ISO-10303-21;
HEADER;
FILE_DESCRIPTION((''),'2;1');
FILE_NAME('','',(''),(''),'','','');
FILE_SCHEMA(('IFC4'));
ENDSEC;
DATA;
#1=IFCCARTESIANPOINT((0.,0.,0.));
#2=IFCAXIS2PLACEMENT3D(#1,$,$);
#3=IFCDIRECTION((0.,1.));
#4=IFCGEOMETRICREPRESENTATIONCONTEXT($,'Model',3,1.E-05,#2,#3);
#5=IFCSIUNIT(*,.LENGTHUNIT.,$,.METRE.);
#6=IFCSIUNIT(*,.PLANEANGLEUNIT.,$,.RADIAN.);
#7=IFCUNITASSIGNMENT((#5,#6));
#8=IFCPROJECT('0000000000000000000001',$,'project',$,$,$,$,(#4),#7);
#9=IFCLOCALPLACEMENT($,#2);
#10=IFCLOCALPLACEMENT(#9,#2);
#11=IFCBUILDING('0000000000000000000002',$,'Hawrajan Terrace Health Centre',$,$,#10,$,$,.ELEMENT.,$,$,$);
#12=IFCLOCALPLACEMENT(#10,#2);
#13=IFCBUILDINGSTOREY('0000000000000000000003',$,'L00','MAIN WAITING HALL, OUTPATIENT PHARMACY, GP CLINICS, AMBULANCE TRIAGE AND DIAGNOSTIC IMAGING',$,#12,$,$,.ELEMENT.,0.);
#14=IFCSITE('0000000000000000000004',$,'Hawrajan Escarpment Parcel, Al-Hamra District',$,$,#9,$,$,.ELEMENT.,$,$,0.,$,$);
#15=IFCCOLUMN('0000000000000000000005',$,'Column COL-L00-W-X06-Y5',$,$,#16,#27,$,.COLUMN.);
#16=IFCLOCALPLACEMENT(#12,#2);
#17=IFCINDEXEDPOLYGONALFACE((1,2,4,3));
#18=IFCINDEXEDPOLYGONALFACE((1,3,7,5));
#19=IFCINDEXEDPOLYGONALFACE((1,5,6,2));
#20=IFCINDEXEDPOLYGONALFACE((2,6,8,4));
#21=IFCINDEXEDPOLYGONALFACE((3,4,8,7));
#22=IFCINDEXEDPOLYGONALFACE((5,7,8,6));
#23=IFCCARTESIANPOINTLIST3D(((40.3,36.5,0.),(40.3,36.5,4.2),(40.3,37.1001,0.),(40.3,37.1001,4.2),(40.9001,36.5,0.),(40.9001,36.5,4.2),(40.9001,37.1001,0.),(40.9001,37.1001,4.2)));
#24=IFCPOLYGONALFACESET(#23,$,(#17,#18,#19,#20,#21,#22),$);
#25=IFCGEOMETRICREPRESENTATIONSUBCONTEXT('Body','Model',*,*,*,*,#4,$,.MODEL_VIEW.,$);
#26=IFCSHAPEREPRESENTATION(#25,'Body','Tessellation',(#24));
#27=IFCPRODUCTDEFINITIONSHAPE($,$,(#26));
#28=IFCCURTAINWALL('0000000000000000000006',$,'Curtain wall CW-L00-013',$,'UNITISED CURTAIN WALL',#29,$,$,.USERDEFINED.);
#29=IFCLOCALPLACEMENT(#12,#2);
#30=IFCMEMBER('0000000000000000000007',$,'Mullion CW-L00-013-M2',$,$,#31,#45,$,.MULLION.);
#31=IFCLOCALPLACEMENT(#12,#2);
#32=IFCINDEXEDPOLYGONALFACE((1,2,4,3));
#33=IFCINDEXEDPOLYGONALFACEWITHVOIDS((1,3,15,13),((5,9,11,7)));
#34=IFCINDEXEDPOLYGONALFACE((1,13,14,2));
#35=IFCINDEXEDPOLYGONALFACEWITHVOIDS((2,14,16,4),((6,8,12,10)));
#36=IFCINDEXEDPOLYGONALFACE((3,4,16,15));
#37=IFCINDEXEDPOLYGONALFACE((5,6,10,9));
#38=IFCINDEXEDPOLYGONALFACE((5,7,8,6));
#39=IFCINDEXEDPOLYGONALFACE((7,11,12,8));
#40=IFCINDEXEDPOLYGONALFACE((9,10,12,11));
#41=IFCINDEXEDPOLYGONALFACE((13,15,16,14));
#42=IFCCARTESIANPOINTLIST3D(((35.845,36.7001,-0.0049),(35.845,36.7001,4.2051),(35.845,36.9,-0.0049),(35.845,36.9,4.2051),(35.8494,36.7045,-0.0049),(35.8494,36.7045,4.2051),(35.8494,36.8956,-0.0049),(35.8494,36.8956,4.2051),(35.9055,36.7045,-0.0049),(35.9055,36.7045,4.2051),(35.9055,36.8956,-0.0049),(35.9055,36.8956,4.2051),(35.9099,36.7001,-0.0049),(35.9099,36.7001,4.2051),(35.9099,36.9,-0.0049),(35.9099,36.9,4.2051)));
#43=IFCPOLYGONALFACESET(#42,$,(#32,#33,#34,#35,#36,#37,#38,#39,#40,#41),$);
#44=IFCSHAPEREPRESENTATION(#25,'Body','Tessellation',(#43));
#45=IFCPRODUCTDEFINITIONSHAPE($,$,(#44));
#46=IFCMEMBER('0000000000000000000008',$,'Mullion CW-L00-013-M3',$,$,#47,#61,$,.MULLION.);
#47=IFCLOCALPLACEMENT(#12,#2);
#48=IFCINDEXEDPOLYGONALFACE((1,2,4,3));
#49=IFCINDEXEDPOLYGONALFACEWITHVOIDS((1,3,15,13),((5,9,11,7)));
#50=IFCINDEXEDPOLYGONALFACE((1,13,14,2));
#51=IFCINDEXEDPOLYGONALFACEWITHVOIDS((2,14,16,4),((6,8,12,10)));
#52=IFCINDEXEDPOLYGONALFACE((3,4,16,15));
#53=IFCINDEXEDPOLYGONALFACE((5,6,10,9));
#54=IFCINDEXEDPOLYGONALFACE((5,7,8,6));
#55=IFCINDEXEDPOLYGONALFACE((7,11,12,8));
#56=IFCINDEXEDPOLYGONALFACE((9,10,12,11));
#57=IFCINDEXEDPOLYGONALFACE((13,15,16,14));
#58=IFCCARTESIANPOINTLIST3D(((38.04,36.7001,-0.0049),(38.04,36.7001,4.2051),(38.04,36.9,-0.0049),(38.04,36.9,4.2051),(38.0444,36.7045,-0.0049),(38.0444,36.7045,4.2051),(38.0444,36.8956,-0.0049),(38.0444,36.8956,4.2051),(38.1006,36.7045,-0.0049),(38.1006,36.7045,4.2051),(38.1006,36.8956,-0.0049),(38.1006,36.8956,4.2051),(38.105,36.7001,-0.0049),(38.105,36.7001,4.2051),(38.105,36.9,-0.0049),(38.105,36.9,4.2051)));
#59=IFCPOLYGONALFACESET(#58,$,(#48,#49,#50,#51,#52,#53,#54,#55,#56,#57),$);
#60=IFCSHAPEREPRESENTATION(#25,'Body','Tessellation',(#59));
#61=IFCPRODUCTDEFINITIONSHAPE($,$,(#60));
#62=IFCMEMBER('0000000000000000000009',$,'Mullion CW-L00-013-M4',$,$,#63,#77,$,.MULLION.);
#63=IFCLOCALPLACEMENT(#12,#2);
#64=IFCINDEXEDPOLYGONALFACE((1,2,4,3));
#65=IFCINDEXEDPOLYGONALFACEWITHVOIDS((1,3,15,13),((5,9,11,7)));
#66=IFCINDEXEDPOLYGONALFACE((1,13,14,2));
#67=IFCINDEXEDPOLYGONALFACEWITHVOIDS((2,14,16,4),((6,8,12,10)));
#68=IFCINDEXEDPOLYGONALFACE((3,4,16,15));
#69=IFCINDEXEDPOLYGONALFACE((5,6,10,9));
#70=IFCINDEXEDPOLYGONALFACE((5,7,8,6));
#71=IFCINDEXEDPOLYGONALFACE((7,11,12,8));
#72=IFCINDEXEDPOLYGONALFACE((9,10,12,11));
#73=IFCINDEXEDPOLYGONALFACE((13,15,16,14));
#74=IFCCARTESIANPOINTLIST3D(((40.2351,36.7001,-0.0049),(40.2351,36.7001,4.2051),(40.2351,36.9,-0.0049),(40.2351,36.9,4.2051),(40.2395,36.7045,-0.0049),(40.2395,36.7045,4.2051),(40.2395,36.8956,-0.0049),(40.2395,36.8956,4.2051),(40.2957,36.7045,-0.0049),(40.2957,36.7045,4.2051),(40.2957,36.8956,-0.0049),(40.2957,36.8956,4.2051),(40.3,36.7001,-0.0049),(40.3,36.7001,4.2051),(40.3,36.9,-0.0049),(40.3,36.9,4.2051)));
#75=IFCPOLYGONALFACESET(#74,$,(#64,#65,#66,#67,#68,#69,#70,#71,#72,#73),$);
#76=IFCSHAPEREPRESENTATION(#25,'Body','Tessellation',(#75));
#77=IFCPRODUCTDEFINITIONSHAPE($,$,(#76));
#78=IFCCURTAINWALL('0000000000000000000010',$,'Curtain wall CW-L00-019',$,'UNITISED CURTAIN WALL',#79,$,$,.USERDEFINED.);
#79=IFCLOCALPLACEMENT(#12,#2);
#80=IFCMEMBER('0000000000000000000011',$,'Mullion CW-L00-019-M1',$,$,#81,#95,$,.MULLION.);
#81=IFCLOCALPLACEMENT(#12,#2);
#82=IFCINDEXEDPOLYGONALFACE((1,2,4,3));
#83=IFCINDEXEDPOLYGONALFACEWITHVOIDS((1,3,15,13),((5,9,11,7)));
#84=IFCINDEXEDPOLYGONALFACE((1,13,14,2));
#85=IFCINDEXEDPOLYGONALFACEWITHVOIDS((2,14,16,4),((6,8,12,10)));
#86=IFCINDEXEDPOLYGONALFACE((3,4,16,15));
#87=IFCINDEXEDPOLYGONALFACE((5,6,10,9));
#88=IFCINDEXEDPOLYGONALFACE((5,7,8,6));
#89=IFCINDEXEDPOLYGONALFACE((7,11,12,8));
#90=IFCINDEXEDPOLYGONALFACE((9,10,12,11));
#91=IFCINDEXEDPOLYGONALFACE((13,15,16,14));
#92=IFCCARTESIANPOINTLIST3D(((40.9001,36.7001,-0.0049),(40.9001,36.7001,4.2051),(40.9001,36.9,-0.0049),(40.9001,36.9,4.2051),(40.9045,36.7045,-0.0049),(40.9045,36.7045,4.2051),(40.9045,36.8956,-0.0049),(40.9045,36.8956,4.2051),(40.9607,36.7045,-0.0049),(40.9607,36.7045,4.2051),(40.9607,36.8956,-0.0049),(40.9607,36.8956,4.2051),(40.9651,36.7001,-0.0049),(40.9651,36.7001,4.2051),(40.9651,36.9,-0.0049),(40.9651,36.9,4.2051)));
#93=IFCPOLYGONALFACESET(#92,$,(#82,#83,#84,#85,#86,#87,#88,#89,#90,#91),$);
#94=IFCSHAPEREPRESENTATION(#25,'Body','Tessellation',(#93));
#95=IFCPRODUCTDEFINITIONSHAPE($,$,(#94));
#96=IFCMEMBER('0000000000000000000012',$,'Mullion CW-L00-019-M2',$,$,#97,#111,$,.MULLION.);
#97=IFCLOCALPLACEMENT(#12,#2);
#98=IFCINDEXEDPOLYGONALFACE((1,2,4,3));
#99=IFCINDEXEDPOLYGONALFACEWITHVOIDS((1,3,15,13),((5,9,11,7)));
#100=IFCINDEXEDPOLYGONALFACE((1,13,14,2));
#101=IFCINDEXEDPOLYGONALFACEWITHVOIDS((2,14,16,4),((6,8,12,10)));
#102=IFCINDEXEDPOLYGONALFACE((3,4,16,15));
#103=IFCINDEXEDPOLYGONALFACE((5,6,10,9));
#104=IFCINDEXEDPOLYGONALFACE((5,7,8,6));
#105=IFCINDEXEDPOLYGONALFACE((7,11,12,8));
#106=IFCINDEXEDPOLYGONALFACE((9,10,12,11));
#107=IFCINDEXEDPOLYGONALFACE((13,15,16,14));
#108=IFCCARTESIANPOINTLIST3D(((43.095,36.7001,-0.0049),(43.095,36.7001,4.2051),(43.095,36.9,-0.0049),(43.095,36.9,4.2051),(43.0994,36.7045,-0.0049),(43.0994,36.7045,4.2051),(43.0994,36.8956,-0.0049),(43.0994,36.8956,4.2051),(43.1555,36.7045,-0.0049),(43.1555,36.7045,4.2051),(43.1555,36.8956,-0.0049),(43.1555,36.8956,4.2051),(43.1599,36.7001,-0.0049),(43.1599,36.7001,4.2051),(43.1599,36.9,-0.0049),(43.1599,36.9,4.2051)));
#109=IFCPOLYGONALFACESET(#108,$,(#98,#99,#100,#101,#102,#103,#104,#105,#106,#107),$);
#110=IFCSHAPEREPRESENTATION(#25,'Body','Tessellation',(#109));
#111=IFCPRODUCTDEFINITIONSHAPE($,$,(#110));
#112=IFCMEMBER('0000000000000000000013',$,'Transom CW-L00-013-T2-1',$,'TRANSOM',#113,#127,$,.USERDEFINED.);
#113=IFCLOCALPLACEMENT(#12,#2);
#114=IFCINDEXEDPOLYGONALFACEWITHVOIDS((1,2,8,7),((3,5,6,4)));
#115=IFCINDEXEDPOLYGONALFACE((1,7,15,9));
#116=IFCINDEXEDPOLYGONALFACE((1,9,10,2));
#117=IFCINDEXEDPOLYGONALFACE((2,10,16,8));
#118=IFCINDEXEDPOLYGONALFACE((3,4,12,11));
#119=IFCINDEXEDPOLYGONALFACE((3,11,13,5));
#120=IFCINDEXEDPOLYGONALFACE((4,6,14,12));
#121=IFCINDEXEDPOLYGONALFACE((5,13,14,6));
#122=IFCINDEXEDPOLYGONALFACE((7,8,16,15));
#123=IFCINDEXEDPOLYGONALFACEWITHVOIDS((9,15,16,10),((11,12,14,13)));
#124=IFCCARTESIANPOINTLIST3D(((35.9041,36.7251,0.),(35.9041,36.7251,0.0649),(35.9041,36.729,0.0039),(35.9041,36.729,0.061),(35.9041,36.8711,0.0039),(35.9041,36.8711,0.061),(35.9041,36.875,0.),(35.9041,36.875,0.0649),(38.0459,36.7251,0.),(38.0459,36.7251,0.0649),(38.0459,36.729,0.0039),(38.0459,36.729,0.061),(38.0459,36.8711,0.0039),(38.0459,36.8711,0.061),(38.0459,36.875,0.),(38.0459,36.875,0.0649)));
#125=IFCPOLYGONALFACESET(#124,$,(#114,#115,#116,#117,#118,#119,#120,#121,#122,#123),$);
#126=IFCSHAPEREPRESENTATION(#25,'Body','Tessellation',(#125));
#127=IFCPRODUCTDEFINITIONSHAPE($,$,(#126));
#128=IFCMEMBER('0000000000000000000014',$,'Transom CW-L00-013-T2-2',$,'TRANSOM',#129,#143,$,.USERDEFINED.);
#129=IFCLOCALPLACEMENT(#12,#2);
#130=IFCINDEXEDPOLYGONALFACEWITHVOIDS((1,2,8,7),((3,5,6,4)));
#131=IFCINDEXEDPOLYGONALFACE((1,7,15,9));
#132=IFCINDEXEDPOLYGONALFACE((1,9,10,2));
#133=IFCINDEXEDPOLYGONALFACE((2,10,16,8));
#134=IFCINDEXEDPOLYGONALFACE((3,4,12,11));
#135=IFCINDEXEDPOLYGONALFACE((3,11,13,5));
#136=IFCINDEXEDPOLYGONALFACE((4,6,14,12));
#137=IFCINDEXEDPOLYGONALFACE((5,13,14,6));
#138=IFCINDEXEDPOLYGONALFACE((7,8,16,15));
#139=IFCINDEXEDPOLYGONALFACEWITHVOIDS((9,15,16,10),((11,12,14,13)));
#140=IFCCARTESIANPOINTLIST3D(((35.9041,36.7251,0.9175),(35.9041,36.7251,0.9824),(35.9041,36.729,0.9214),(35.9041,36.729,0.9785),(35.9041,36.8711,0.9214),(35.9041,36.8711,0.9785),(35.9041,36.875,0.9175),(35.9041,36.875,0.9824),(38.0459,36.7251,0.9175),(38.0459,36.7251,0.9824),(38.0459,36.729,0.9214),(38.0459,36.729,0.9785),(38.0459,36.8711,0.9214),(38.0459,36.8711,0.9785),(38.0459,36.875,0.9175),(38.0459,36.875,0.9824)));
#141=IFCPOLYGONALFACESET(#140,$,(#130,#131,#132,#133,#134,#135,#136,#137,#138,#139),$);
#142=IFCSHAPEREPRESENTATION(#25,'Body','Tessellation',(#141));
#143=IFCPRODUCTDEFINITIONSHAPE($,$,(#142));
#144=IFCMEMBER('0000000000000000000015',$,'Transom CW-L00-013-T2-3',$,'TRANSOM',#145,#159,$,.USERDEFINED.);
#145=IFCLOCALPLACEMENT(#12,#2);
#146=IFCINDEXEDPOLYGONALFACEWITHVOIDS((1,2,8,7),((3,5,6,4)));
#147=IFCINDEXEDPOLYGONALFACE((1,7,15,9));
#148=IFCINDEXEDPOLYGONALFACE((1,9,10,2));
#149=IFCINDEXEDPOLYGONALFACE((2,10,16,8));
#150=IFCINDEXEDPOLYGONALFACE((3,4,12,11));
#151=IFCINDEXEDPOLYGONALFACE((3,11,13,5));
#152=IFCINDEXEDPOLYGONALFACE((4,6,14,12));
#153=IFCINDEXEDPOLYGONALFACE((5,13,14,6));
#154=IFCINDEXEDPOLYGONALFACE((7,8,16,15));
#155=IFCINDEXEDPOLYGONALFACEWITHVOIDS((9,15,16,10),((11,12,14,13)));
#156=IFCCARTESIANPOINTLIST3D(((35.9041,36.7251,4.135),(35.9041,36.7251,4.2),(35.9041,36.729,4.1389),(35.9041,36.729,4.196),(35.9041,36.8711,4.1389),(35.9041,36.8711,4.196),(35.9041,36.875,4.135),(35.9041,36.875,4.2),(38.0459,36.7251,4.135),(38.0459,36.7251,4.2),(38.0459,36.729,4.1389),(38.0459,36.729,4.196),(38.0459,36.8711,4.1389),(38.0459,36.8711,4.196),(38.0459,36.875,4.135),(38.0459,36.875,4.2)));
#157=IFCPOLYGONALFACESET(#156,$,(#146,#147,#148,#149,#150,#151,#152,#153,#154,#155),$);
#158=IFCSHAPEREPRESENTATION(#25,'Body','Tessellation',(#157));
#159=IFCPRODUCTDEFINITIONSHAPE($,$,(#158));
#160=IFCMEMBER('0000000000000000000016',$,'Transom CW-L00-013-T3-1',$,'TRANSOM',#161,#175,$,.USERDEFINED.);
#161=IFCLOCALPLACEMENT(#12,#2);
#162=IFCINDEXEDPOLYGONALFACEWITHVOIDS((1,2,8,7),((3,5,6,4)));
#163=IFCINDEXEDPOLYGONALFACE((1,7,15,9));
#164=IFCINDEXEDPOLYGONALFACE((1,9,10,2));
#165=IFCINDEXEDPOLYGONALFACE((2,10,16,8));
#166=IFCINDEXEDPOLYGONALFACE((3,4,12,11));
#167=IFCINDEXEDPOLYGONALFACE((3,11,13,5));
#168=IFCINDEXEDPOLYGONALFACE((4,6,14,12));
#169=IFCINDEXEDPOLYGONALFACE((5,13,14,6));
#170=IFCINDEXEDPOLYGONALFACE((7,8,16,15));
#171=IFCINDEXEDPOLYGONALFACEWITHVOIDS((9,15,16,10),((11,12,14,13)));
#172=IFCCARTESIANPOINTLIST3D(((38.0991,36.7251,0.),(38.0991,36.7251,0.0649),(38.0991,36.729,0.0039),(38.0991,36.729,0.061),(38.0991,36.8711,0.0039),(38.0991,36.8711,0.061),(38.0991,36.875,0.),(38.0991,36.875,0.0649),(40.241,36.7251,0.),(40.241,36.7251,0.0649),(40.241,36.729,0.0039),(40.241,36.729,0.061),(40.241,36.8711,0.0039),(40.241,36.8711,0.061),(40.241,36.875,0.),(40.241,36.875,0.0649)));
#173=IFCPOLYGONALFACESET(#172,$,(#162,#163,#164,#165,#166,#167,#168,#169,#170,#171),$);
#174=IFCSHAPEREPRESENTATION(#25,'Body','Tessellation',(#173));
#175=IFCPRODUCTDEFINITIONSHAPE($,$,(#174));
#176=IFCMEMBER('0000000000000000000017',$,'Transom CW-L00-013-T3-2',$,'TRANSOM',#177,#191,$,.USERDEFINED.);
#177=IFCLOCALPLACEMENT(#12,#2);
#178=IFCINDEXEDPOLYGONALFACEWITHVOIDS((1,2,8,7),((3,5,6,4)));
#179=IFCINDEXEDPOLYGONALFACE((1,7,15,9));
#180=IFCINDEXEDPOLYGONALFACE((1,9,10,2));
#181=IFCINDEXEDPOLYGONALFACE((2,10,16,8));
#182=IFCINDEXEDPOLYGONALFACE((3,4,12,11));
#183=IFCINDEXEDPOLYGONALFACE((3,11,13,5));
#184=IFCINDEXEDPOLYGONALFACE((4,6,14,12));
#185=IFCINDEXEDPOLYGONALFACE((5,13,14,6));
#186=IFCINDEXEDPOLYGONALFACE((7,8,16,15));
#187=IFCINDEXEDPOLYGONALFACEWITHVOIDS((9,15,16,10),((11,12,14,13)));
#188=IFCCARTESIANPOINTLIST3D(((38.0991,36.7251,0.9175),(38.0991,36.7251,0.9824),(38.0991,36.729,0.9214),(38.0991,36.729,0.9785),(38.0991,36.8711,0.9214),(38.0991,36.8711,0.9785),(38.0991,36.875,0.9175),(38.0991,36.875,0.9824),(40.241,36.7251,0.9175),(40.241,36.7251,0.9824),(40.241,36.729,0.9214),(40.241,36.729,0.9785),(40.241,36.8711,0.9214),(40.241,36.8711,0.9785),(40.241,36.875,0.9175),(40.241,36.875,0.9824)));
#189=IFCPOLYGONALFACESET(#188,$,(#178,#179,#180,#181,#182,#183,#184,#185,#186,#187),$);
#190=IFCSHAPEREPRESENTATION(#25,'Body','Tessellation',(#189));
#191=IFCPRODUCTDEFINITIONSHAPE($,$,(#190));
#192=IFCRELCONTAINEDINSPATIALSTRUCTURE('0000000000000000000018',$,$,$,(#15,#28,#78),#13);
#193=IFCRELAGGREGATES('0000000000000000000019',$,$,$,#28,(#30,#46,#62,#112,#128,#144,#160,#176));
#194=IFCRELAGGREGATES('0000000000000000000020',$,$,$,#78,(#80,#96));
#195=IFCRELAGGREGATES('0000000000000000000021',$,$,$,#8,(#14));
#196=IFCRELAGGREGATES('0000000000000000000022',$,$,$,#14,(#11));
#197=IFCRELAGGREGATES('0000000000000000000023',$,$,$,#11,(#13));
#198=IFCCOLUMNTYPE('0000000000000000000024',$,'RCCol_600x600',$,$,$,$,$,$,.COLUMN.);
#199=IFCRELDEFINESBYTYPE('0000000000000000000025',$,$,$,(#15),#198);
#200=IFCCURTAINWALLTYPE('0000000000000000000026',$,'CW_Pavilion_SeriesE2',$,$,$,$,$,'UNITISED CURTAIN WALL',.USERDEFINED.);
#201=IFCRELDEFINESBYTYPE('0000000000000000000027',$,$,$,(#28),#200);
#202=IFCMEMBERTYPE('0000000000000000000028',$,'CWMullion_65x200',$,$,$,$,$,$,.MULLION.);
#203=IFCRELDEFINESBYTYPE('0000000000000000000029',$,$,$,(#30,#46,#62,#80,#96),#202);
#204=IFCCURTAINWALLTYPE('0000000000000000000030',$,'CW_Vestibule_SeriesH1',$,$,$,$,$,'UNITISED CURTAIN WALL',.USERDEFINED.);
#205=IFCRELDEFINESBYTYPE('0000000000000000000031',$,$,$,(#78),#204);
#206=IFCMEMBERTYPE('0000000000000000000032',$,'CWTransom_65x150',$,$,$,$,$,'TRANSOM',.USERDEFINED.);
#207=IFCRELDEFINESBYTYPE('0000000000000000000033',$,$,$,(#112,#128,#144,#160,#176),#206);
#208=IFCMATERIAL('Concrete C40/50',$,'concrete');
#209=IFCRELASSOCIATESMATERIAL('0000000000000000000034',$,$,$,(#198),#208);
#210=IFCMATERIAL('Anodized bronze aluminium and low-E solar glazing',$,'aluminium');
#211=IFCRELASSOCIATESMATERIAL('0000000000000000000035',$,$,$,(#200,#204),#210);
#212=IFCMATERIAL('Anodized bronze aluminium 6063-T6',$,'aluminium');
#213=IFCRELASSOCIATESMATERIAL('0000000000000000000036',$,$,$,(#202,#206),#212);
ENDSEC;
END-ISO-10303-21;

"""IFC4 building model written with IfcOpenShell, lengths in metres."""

from ifc_helpers import new_model, si_unit, direction, frame, origin, origin_2d, place, context, subcontext, project, spatial, rectangle, hollow_rectangle, extrude, material, material_profile, profile_set, type_object, element, aggregate, save


model = new_model("IFC4")

# Units and contexts
model_context = context("Model", 3, precision=1e-05, world=origin(), true_north=direction((0.0, 1.0)))
body_context = subcontext(model_context, "Body", "Model", "MODEL_VIEW")
ifc_project = project(units=[si_unit("LENGTHUNIT", "METRE"), si_unit("PLANEANGLEUNIT", "RADIAN")], contexts=[model_context])

# Site, building, storey
site_placement = place(None, origin())
site = spatial("IfcSite", under=ifc_project, at=site_placement, Name="Hawrajan Escarpment Parcel, Al-Hamra District", CompositionType="ELEMENT", RefElevation=0.0)
building_placement = place(site_placement, origin())
building = spatial("IfcBuilding", under=site, at=building_placement, Name="Hawrajan Terrace Health Centre", CompositionType="ELEMENT")
storey_placement = place(building_placement, origin())
storey = spatial("IfcBuildingStorey", under=building, at=storey_placement, Name="L00", Description="MAIN WAITING HALL, OUTPATIENT PHARMACY, GP CLINICS, AMBULANCE TRIAGE AND DIAGNOSTIC IMAGING", CompositionType="ELEMENT", Elevation=0.0)

# Column
ifc_material_1 = material(Name="Concrete C40/50", Category="concrete")
ifc_material_profile_1 = material_profile(ifc_material_1, rectangle(XDim=0.6001, YDim=0.6001, at=origin_2d()), Name="RC 600x600")
ifc_profile_set_1 = profile_set([ifc_material_profile_1], Name="Concrete C40/50")
column_type = type_object("IfcColumnType", Name="RCCol_600x600", PredefinedType="COLUMN", material=ifc_profile_set_1)
column_placement = place(storey_placement, frame((40.6001, 36.8, 0.0), z_axis=(0.0, 0.0, 1.0), x_axis=(1.0, 0.0, 0.0)))
element("IfcColumn", 1, at=column_placement, inside=storey, type_object=column_type, Name="Column COL-L00-W-X06-Y5", PredefinedType="COLUMN", context=body_context, shape_type="SweptSolid", body=[
    extrude(rectangle(XDim=0.6001, YDim=0.6001, at=origin_2d()), origin(), (0.0, 0.0, 1.0), 4.2),
])

# Curtain walls, members
ifc_material_2 = material(Name="Anodized bronze aluminium and low-E solar glazing", Category="aluminium")
curtain_wall_type_1 = type_object("IfcCurtainWallType", Name="CW_Pavilion_SeriesE2", ElementType="UNITISED CURTAIN WALL", PredefinedType="USERDEFINED", material=ifc_material_2)
curtain_wall_1_placement = place(storey_placement, origin())
curtain_wall_1 = element("IfcCurtainWall", 2, at=curtain_wall_1_placement, inside=storey, type_object=curtain_wall_type_1, Name="Curtain wall CW-L00-013", ObjectType="UNITISED CURTAIN WALL", PredefinedType="USERDEFINED")
ifc_material_3 = material(Name="Anodized bronze aluminium 6063-T6", Category="aluminium")
ifc_material_profile_2 = material_profile(ifc_material_3, hollow_rectangle(XDim=0.0649, YDim=0.2, WallThickness=0.0044, at=origin_2d()), Name="CW MUL 65x200")
ifc_profile_set_2 = profile_set([ifc_material_profile_2], Name="Anodized bronze aluminium 6063-T6")
member_type_1 = type_object("IfcMemberType", Name="CWMullion_65x200", PredefinedType="MULLION", material=ifc_profile_set_2)
member_1_placement = place(storey_placement, frame((35.8774, 36.8, -0.0049), z_axis=(0.0, 0.0, 1.0), x_axis=(1.0, 0.0, 0.0)))
member_1 = element("IfcMember", 3, at=member_1_placement, type_object=member_type_1, Name="Mullion CW-L00-013-M2", PredefinedType="MULLION", context=body_context, shape_type="SweptSolid", body=[
    extrude(hollow_rectangle(XDim=0.0649, YDim=0.2, WallThickness=0.0044, at=origin_2d()), origin(), (0.0, 0.0, 1.0), 4.21),
])
member_2_placement = place(storey_placement, frame((38.0725, 36.8, -0.0049), z_axis=(0.0, 0.0, 1.0), x_axis=(1.0, 0.0, 0.0)))
member_2 = element("IfcMember", 4, at=member_2_placement, type_object=member_type_1, Name="Mullion CW-L00-013-M3", PredefinedType="MULLION", context=body_context, shape_type="SweptSolid", body=[
    extrude(hollow_rectangle(XDim=0.0649, YDim=0.2, WallThickness=0.0044, at=origin_2d()), origin(), (0.0, 0.0, 1.0), 4.21),
])
member_3_placement = place(storey_placement, frame((40.2676, 36.8, -0.0049), z_axis=(0.0, 0.0, 1.0), x_axis=(1.0, 0.0, 0.0)))
member_3 = element("IfcMember", 5, at=member_3_placement, type_object=member_type_1, Name="Mullion CW-L00-013-M4", PredefinedType="MULLION", context=body_context, shape_type="SweptSolid", body=[
    extrude(hollow_rectangle(XDim=0.0649, YDim=0.2, WallThickness=0.0044, at=origin_2d()), origin(), (0.0, 0.0, 1.0), 4.21),
])
curtain_wall_type_2 = type_object("IfcCurtainWallType", Name="CW_Vestibule_SeriesH1", ElementType="UNITISED CURTAIN WALL", PredefinedType="USERDEFINED", material=ifc_material_2)
curtain_wall_2_placement = place(storey_placement, origin())
curtain_wall_2 = element("IfcCurtainWall", 6, at=curtain_wall_2_placement, inside=storey, type_object=curtain_wall_type_2, Name="Curtain wall CW-L00-019", ObjectType="UNITISED CURTAIN WALL", PredefinedType="USERDEFINED")
member_4_placement = place(storey_placement, frame((40.9326, 36.8, -0.0049), z_axis=(0.0, 0.0, 1.0), x_axis=(1.0, 0.0, 0.0)))
member_4 = element("IfcMember", 7, at=member_4_placement, type_object=member_type_1, Name="Mullion CW-L00-019-M1", PredefinedType="MULLION", context=body_context, shape_type="SweptSolid", body=[
    extrude(hollow_rectangle(XDim=0.0649, YDim=0.2, WallThickness=0.0044, at=origin_2d()), origin(), (0.0, 0.0, 1.0), 4.21),
])
member_5_placement = place(storey_placement, frame((43.1274, 36.8, -0.0049), z_axis=(0.0, 0.0, 1.0), x_axis=(1.0, 0.0, 0.0)))
member_5 = element("IfcMember", 8, at=member_5_placement, type_object=member_type_1, Name="Mullion CW-L00-019-M2", PredefinedType="MULLION", context=body_context, shape_type="SweptSolid", body=[
    extrude(hollow_rectangle(XDim=0.0649, YDim=0.2, WallThickness=0.0044, at=origin_2d()), origin(), (0.0, 0.0, 1.0), 4.21),
])

# Members
ifc_material_profile_3 = material_profile(ifc_material_3, hollow_rectangle(XDim=0.0649, YDim=0.1499, WallThickness=0.0039, at=origin_2d()), Name="CW TRN 65x150")
ifc_profile_set_3 = profile_set([ifc_material_profile_3], Name="Anodized bronze aluminium 6063-T6")
member_type_2 = type_object("IfcMemberType", Name="CWTransom_65x150", ElementType="TRANSOM", PredefinedType="USERDEFINED", material=ifc_profile_set_3)
member_6_placement = place(storey_placement, frame((35.9041, 36.8, 0.0325), z_axis=(1.0, 0.0, 0.0), x_axis=(0.0, 0.0, 1.0)))
member_6 = element("IfcMember", 9, at=member_6_placement, type_object=member_type_2, Name="Transom CW-L00-013-T2-1", ObjectType="TRANSOM", PredefinedType="USERDEFINED", context=body_context, shape_type="SweptSolid", body=[
    extrude(hollow_rectangle(XDim=0.0649, YDim=0.1499, WallThickness=0.0039, at=origin_2d()), origin(), (0.0, 0.0, 1.0), 2.1418),
])
member_7_placement = place(storey_placement, frame((35.9041, 36.8, 0.95), z_axis=(1.0, 0.0, 0.0), x_axis=(0.0, 0.0, 1.0)))
member_7 = element("IfcMember", 10, at=member_7_placement, type_object=member_type_2, Name="Transom CW-L00-013-T2-2", ObjectType="TRANSOM", PredefinedType="USERDEFINED", context=body_context, shape_type="SweptSolid", body=[
    extrude(hollow_rectangle(XDim=0.0649, YDim=0.1499, WallThickness=0.0039, at=origin_2d()), origin(), (0.0, 0.0, 1.0), 2.1418),
])
member_8_placement = place(storey_placement, frame((35.9041, 36.8, 4.1675), z_axis=(1.0, 0.0, 0.0), x_axis=(0.0, 0.0, 1.0)))
member_8 = element("IfcMember", 11, at=member_8_placement, type_object=member_type_2, Name="Transom CW-L00-013-T2-3", ObjectType="TRANSOM", PredefinedType="USERDEFINED", context=body_context, shape_type="SweptSolid", body=[
    extrude(hollow_rectangle(XDim=0.0649, YDim=0.1499, WallThickness=0.0039, at=origin_2d()), origin(), (0.0, 0.0, 1.0), 2.1418),
])
member_9_placement = place(storey_placement, frame((38.0991, 36.8, 0.0325), z_axis=(1.0, 0.0, 0.0), x_axis=(0.0, 0.0, 1.0)))
member_9 = element("IfcMember", 12, at=member_9_placement, type_object=member_type_2, Name="Transom CW-L00-013-T3-1", ObjectType="TRANSOM", PredefinedType="USERDEFINED", context=body_context, shape_type="SweptSolid", body=[
    extrude(hollow_rectangle(XDim=0.0649, YDim=0.1499, WallThickness=0.0039, at=origin_2d()), origin(), (0.0, 0.0, 1.0), 2.1418),
])
member_10_placement = place(storey_placement, frame((38.0991, 36.8, 0.95), z_axis=(1.0, 0.0, 0.0), x_axis=(0.0, 0.0, 1.0)))
member_10 = element("IfcMember", 13, at=member_10_placement, type_object=member_type_2, Name="Transom CW-L00-013-T3-2", ObjectType="TRANSOM", PredefinedType="USERDEFINED", context=body_context, shape_type="SweptSolid", body=[
    extrude(hollow_rectangle(XDim=0.0649, YDim=0.1499, WallThickness=0.0039, at=origin_2d()), origin(), (0.0, 0.0, 1.0), 2.1418),
])

aggregate(curtain_wall_1, [member_1, member_2, member_3, member_6, member_7, member_8, member_9, member_10])
aggregate(curtain_wall_2, [member_4, member_5])

save(model, "model.ifc")
